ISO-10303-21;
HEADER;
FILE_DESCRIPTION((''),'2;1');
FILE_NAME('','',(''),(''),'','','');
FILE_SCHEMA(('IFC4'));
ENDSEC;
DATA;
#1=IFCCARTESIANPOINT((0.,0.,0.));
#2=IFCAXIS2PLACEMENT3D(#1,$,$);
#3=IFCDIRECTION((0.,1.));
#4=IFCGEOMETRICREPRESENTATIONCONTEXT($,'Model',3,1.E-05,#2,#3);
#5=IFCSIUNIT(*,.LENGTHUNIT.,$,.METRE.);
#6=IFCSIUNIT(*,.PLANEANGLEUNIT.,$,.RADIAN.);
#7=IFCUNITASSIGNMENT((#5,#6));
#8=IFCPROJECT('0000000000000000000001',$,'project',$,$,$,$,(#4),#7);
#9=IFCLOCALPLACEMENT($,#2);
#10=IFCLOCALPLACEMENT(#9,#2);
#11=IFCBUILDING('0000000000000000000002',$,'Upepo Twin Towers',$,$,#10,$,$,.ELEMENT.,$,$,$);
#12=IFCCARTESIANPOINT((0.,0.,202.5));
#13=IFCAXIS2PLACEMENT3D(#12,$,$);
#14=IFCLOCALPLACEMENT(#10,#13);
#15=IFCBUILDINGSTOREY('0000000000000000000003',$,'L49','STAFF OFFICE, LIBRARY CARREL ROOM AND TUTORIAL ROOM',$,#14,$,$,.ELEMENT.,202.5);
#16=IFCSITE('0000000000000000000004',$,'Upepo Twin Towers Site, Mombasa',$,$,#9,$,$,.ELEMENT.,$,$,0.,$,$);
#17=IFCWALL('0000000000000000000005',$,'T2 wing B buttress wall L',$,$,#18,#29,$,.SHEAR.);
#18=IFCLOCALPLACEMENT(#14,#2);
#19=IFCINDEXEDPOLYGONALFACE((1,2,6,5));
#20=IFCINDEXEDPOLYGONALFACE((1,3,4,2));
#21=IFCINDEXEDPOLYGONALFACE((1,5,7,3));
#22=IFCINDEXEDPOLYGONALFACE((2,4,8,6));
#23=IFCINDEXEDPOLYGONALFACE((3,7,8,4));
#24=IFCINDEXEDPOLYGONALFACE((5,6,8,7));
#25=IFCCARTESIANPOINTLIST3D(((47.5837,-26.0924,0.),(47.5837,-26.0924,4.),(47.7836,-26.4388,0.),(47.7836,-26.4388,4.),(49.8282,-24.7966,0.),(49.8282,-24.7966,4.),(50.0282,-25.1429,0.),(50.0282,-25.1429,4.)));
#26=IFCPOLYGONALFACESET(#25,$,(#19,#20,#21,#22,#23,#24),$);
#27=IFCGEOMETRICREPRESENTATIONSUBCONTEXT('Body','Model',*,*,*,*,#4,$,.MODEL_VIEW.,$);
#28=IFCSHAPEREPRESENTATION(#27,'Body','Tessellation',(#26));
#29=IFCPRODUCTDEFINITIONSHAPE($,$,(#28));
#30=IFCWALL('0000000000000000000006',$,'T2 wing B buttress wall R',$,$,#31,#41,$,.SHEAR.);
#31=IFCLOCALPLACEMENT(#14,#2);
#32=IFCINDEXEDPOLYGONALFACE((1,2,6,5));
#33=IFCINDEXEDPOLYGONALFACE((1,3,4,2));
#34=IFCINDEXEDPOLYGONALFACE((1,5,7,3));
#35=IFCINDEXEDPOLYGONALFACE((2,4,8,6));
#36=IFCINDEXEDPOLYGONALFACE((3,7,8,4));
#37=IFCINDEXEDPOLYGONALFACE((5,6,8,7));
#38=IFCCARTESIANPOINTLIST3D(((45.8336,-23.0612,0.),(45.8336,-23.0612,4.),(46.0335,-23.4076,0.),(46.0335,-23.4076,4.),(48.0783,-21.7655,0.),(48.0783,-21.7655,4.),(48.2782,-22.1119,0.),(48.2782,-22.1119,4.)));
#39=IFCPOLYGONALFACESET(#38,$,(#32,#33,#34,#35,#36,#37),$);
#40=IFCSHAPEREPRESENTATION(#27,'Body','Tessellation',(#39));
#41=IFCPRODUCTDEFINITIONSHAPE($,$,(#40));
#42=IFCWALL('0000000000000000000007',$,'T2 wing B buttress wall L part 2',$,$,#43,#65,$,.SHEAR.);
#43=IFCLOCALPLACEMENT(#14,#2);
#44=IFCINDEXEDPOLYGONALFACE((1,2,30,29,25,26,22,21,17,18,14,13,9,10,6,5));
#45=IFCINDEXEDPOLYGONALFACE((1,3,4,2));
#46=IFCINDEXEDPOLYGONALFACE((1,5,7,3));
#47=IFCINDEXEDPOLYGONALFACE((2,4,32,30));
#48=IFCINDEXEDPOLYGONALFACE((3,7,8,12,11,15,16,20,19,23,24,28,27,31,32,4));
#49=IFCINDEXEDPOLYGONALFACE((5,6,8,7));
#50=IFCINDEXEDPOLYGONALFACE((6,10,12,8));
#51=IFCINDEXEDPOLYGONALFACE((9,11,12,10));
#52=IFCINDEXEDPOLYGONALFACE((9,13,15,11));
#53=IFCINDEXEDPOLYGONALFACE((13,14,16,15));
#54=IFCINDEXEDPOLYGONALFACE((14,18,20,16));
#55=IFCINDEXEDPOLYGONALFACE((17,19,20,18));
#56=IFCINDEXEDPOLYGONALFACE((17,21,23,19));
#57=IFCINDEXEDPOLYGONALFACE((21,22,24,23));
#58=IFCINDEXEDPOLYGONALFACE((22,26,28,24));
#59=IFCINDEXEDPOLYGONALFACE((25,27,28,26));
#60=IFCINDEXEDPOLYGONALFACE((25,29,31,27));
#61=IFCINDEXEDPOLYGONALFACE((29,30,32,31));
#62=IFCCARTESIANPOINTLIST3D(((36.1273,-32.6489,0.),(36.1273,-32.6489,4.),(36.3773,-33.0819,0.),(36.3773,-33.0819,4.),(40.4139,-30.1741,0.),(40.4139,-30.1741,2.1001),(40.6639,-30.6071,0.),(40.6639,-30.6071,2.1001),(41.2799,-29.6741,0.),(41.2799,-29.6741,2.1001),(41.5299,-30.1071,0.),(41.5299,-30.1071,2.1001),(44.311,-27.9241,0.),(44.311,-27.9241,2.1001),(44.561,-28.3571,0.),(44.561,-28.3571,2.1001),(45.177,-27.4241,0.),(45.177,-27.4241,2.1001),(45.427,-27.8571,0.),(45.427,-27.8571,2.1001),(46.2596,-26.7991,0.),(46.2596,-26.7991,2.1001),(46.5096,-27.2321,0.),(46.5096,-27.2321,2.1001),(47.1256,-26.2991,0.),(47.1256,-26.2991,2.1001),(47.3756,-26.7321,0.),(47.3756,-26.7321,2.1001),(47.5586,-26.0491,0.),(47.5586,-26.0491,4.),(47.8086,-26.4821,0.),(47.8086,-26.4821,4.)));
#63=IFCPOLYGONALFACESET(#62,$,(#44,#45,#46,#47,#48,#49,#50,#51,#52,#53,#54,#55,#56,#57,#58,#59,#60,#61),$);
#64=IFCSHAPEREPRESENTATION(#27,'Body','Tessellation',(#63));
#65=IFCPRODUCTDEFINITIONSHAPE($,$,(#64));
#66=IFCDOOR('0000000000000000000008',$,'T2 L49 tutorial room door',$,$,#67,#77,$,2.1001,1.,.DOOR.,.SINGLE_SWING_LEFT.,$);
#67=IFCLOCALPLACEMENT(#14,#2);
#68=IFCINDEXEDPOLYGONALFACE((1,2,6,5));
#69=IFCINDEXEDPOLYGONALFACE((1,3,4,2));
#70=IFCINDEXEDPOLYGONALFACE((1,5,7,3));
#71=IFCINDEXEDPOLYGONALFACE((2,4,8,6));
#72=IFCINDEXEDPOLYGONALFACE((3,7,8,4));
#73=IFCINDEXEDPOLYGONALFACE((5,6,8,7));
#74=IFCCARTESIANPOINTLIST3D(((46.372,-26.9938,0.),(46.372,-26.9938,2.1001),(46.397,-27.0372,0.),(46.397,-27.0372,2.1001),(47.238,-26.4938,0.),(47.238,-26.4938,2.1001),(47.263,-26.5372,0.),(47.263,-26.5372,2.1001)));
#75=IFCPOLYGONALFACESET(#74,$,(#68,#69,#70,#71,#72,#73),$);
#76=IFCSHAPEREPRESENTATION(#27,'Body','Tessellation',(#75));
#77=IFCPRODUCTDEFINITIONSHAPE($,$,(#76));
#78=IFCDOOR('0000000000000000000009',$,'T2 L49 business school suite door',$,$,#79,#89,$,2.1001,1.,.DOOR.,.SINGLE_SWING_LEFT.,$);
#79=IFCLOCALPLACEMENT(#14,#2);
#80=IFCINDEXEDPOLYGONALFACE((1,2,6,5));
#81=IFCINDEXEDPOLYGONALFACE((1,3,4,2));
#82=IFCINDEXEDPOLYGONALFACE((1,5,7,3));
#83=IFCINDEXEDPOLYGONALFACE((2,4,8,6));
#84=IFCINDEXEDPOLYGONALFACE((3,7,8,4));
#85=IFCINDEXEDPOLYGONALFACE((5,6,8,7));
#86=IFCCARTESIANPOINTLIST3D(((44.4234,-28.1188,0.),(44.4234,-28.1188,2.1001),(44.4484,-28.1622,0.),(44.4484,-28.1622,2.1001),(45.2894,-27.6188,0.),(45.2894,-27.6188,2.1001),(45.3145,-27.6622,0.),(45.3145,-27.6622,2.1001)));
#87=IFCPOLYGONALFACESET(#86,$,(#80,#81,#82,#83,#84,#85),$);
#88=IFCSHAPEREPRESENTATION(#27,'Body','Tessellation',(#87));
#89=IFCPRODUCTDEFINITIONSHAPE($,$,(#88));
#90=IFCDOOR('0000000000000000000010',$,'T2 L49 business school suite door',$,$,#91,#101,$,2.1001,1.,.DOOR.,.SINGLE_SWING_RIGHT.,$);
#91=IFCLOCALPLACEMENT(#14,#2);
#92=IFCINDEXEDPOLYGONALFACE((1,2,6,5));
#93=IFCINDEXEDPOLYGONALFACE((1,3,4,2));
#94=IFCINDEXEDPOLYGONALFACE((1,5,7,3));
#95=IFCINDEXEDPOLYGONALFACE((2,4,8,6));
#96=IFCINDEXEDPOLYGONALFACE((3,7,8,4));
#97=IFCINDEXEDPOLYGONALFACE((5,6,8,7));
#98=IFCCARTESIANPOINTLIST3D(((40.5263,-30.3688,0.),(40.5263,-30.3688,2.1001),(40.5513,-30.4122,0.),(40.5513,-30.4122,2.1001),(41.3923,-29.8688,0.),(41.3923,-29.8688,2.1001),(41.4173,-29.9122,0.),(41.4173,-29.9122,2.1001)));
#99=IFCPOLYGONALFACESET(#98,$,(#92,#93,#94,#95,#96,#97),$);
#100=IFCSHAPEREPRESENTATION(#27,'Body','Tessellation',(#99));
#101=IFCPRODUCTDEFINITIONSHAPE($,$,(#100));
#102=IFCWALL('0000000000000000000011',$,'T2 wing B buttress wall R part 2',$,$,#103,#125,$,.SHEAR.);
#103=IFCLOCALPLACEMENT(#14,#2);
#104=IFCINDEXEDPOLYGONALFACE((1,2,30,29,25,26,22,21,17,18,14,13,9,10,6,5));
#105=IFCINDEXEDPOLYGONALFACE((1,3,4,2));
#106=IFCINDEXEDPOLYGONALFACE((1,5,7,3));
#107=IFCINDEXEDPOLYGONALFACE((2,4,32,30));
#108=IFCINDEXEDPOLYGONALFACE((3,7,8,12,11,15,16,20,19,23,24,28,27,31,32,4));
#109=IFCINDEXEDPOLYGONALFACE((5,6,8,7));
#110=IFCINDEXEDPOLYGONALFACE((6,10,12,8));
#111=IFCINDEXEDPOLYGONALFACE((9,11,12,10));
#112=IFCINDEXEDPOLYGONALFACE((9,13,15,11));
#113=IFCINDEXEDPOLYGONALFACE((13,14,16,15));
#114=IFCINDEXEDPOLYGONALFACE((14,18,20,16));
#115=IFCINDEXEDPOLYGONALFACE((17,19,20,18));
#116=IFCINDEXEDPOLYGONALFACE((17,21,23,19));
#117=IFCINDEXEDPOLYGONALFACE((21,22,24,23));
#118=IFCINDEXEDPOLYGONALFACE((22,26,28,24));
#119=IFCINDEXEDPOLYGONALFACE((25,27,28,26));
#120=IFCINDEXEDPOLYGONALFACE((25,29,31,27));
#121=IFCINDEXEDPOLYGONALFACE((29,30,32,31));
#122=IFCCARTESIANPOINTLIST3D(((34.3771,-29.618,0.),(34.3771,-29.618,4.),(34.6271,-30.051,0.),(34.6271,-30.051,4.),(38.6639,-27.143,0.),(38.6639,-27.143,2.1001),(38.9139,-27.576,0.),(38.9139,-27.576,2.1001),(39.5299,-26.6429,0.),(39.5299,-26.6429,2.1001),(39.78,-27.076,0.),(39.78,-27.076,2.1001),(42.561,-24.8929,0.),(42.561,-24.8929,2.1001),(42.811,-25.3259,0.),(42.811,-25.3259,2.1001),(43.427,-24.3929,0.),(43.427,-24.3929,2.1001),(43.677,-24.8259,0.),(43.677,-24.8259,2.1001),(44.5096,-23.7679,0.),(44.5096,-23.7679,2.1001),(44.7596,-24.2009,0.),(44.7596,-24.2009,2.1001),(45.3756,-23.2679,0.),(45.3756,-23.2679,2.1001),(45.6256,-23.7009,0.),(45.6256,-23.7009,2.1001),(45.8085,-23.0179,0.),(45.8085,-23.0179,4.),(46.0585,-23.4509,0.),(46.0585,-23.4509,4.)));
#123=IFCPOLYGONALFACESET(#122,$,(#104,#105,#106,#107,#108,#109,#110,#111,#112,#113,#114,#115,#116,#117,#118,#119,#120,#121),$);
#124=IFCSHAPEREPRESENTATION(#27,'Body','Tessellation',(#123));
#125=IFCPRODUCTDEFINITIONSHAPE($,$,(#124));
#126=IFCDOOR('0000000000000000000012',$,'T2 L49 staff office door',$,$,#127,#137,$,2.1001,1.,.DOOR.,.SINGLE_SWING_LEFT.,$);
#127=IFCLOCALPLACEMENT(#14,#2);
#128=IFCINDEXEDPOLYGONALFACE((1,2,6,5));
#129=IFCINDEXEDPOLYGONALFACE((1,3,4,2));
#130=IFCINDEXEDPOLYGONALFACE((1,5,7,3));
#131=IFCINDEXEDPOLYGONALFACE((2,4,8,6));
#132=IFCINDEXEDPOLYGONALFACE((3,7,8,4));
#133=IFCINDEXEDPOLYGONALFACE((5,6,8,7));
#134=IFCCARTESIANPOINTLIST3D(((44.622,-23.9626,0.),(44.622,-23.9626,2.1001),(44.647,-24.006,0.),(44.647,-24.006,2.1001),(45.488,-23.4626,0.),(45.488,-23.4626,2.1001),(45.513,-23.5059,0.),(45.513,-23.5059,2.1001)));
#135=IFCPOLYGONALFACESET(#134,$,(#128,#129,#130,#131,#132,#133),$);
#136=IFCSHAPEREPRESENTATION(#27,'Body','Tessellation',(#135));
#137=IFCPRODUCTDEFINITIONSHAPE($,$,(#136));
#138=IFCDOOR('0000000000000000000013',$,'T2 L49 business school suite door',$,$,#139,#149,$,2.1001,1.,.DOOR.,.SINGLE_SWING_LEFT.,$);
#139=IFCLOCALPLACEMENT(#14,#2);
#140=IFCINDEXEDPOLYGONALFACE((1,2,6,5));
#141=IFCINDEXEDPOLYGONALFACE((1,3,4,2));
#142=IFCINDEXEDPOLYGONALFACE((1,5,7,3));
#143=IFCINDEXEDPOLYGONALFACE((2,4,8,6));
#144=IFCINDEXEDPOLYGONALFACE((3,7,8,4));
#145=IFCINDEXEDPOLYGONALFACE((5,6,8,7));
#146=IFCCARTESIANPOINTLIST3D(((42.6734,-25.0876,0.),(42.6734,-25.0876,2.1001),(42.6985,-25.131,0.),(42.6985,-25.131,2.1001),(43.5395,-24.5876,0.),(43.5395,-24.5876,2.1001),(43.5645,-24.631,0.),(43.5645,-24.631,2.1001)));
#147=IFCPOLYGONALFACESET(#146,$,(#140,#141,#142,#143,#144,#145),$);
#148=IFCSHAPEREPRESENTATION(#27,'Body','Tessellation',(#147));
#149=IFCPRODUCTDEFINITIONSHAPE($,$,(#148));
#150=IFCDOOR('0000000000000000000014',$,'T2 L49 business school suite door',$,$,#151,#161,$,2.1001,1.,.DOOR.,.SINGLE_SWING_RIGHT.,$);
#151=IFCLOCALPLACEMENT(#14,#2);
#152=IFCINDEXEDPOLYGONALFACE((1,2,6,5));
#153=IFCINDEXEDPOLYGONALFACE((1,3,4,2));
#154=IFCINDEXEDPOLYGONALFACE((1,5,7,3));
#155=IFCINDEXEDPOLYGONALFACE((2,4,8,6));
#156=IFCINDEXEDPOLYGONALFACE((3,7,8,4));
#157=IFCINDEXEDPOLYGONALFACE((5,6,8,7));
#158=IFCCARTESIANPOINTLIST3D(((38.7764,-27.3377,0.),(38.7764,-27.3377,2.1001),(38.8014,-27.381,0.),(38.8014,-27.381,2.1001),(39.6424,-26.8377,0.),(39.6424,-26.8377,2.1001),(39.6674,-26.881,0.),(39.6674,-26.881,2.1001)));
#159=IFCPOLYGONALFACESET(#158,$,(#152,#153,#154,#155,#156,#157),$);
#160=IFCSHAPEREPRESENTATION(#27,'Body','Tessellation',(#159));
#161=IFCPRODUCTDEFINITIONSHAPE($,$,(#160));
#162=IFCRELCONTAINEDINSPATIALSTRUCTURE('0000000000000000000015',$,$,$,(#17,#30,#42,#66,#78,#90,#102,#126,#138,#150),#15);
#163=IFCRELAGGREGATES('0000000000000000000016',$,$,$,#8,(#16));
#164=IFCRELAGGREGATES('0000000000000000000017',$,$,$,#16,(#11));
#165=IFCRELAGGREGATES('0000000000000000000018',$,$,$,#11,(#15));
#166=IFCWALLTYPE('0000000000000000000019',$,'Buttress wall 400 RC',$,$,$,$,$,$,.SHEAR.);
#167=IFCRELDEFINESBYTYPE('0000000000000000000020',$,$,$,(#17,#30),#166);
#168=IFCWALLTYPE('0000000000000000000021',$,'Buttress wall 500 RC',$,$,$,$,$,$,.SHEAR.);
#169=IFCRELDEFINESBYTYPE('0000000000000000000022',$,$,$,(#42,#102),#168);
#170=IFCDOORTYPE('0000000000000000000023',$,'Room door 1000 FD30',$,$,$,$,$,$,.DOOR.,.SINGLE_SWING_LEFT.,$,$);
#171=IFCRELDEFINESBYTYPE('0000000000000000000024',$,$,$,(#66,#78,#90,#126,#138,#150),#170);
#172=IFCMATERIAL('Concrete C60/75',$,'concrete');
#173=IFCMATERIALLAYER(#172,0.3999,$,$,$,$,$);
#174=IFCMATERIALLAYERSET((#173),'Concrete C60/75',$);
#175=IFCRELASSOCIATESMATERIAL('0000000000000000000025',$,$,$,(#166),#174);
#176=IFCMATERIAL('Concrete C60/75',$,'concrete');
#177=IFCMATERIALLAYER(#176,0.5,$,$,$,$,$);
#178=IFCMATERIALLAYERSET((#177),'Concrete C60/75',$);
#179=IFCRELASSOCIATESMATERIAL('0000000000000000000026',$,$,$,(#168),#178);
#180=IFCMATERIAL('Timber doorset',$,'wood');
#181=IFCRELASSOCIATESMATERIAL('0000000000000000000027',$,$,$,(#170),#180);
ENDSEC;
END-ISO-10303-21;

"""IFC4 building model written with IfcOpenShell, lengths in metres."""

from ifc_helpers import new_model, si_unit, direction, frame, frame_2d, origin, place, context, subcontext, project, spatial, rectangle, extrude, material, layer, layer_set, type_object, element, fill, save


model = new_model("IFC4")

# Units and contexts
model_context = context("Model", 3, precision=1e-05, world=origin(), true_north=direction((0.0, 1.0)))
body_context = subcontext(model_context, "Body", "Model", "MODEL_VIEW")
ifc_project = project(units=[si_unit("LENGTHUNIT", "METRE"), si_unit("PLANEANGLEUNIT", "RADIAN")], contexts=[model_context])

# Site, building, storey
site_placement = place(None, origin())
site = spatial("IfcSite", under=ifc_project, at=site_placement, Name="Upepo Twin Towers Site, Mombasa", CompositionType="ELEMENT", RefElevation=0.0)
building_placement = place(site_placement, origin())
building = spatial("IfcBuilding", under=site, at=building_placement, Name="Upepo Twin Towers", CompositionType="ELEMENT")
storey_placement = place(building_placement, frame((0.0, 0.0, 202.5)))
storey = spatial("IfcBuildingStorey", under=building, at=storey_placement, Name="L49", Description="STAFF OFFICE, LIBRARY CARREL ROOM AND TUTORIAL ROOM", CompositionType="ELEMENT", Elevation=202.5)

# Walls
ifc_material_1 = material(Name="Concrete C60/75", Category="concrete")
ifc_layer_1 = layer(ifc_material_1, 0.3999)
ifc_layer_set_1 = layer_set([ifc_layer_1], Name="Concrete C60/75")
wall_type_1 = type_object("IfcWallType", Name="Buttress wall 400 RC", PredefinedType="SHEAR", material=ifc_layer_set_1)
for number, where, z_axis, x_axis, name in (
    (1, (49.9282, -24.9697, 0.0), (0.0, 0.0, 1.0), (-0.866032, -0.499989, 0.0), "T2 wing B buttress wall L"),
    (2, (48.1782, -21.9387, 0.0), (0.0, 0.0, 1.0), (-0.866073, -0.499918, 0.0), "T2 wing B buttress wall R"),
):
    element("IfcWall", number, at=place(storey_placement, frame(where, z_axis=z_axis, x_axis=x_axis)), inside=storey, type_object=wall_type_1, Name=name, PredefinedType="SHEAR", context=body_context, shape_type="SweptSolid", body=[
        extrude(rectangle(XDim=2.5918, YDim=0.3999, at=frame_2d((1.2959, 0.0))), origin(), (0.0, 0.0, 1.0), 4.0),
    ])

# Walls, openings, doors
ifc_material_2 = material(Name="Concrete C60/75", Category="concrete")
ifc_layer_2 = layer(ifc_material_2, 0.5)
ifc_layer_set_2 = layer_set([ifc_layer_2], Name="Concrete C60/75")
wall_type_2 = type_object("IfcWallType", Name="Buttress wall 500 RC", PredefinedType="SHEAR", material=ifc_layer_set_2)
wall_1_placement = place(storey_placement, frame((47.6836, -26.2656, 0.0), z_axis=(0.0, 0.0, 1.0), x_axis=(-0.866028, -0.499996, 0.0)))
wall_1 = element("IfcWall", 3, at=wall_1_placement, inside=storey, type_object=wall_type_2, Name="T2 wing B buttress wall L part 2", PredefinedType="SHEAR", context=body_context, shape_type="SweptSolid", body=[
    extrude(rectangle(XDim=13.1997, YDim=0.5, at=frame_2d((6.5999, 0.0))), origin(), (0.0, 0.0, 1.0), 4.0),
])
opening_1_placement = place(wall_1_placement, frame((0.5, 0.0, 0.0)))
opening_1 = element("IfcOpeningElement", 4, at=opening_1_placement, cuts=wall_1, PredefinedType="OPENING", context=body_context, shape_type="SweptSolid", body=[
    extrude(rectangle(XDim=1.0, YDim=2.1001, at=frame_2d((0.5, 1.05))), frame((0.0, 0.26, 0.0), z_axis=(0.0, -1.0, 0.0), x_axis=(1.0, 0.0, 0.0)), (0.0, 0.0, 1.0), 0.52),
])
opening_2_placement = place(wall_1_placement, frame((2.75, 0.0, 0.0)))
opening_2 = element("IfcOpeningElement", 5, at=opening_2_placement, cuts=wall_1, PredefinedType="OPENING", context=body_context, shape_type="SweptSolid", body=[
    extrude(rectangle(XDim=1.0, YDim=2.1001, at=frame_2d((0.5, 1.05))), frame((0.0, 0.26, 0.0), z_axis=(0.0, -1.0, 0.0), x_axis=(1.0, 0.0, 0.0)), (0.0, 0.0, 1.0), 0.52),
])
opening_3_placement = place(wall_1_placement, frame((7.25, 0.0, 0.0)))
opening_3 = element("IfcOpeningElement", 6, at=opening_3_placement, cuts=wall_1, PredefinedType="OPENING", context=body_context, shape_type="SweptSolid", body=[
    extrude(rectangle(XDim=1.0, YDim=2.1001, at=frame_2d((0.5, 1.05))), frame((0.0, 0.26, 0.0), z_axis=(0.0, -1.0, 0.0), x_axis=(1.0, 0.0, 0.0)), (0.0, 0.0, 1.0), 0.52),
])
ifc_material_3 = material(Name="Timber doorset", Category="wood")
door_type_1 = type_object("IfcDoorType", Name="Room door 1000 FD30", OperationType="SINGLE_SWING_LEFT", PredefinedType="DOOR", material=ifc_material_3)
door_1_placement = place(opening_1_placement, origin())
door_1 = element("IfcDoor", 7, at=door_1_placement, inside=storey, type_object=door_type_1, Name="T2 L49 tutorial room door", OperationType="SINGLE_SWING_LEFT", OverallHeight=2.1001, OverallWidth=1.0, PredefinedType="DOOR", context=body_context, shape_type="SweptSolid", body=[
    extrude(rectangle(XDim=1.0, YDim=2.1001, at=frame_2d((0.5, 1.05))), frame((0.0, 0.0249, 0.0), z_axis=(0.0, -1.0, 0.0), x_axis=(1.0, 0.0, 0.0)), (0.0, 0.0, 1.0), 0.05),
])
fill(opening_1, door_1)
door_2_placement = place(opening_2_placement, origin())
door_2 = element("IfcDoor", 8, at=door_2_placement, inside=storey, type_object=door_type_1, Name="T2 L49 business school suite door", OperationType="SINGLE_SWING_LEFT", OverallHeight=2.1001, OverallWidth=1.0, PredefinedType="DOOR", context=body_context, shape_type="SweptSolid", body=[
    extrude(rectangle(XDim=1.0, YDim=2.1001, at=frame_2d((0.5, 1.05))), frame((0.0, 0.0249, 0.0), z_axis=(0.0, -1.0, 0.0), x_axis=(1.0, 0.0, 0.0)), (0.0, 0.0, 1.0), 0.05),
])
fill(opening_2, door_2)
door_3_placement = place(opening_3_placement, origin())
door_3 = element("IfcDoor", 9, at=door_3_placement, inside=storey, type_object=door_type_1, Name="T2 L49 business school suite door", OperationType="SINGLE_SWING_RIGHT", OverallHeight=2.1001, OverallWidth=1.0, PredefinedType="DOOR", context=body_context, shape_type="SweptSolid", body=[
    extrude(rectangle(XDim=1.0, YDim=2.1001, at=frame_2d((0.5, 1.05))), frame((0.0, 0.0249, 0.0), z_axis=(0.0, -1.0, 0.0), x_axis=(1.0, 0.0, 0.0)), (0.0, 0.0, 1.0), 0.05),
])
fill(opening_3, door_3)
wall_2_placement = place(storey_placement, frame((45.9336, -23.2344, 0.0), z_axis=(0.0, 0.0, 1.0), x_axis=(-0.86602, -0.50001, 0.0)))
wall_2 = element("IfcWall", 10, at=wall_2_placement, inside=storey, type_object=wall_type_2, Name="T2 wing B buttress wall R part 2", PredefinedType="SHEAR", context=body_context, shape_type="SweptSolid", body=[
    extrude(rectangle(XDim=13.2, YDim=0.5, at=frame_2d((6.6001, 0.0))), origin(), (0.0, 0.0, 1.0), 4.0),
])
opening_4_placement = place(wall_2_placement, frame((0.5, 0.0, 0.0)))
opening_4 = element("IfcOpeningElement", 11, at=opening_4_placement, cuts=wall_2, PredefinedType="OPENING", context=body_context, shape_type="SweptSolid", body=[
    extrude(rectangle(XDim=1.0, YDim=2.1001, at=frame_2d((0.5, 1.05))), frame((0.0, 0.26, 0.0), z_axis=(0.0, -1.0, 0.0), x_axis=(1.0, 0.0, 0.0)), (0.0, 0.0, 1.0), 0.52),
])
opening_5_placement = place(wall_2_placement, frame((2.75, 0.0, 0.0)))
opening_5 = element("IfcOpeningElement", 12, at=opening_5_placement, cuts=wall_2, PredefinedType="OPENING", context=body_context, shape_type="SweptSolid", body=[
    extrude(rectangle(XDim=1.0, YDim=2.1001, at=frame_2d((0.5, 1.05))), frame((0.0, 0.26, 0.0), z_axis=(0.0, -1.0, 0.0), x_axis=(1.0, 0.0, 0.0)), (0.0, 0.0, 1.0), 0.52),
])
opening_6_placement = place(wall_2_placement, frame((7.25, 0.0, 0.0)))
opening_6 = element("IfcOpeningElement", 13, at=opening_6_placement, cuts=wall_2, PredefinedType="OPENING", context=body_context, shape_type="SweptSolid", body=[
    extrude(rectangle(XDim=1.0, YDim=2.1001, at=frame_2d((0.5, 1.05))), frame((0.0, 0.26, 0.0), z_axis=(0.0, -1.0, 0.0), x_axis=(1.0, 0.0, 0.0)), (0.0, 0.0, 1.0), 0.52),
])
door_4_placement = place(opening_4_placement, origin())
door_4 = element("IfcDoor", 14, at=door_4_placement, inside=storey, type_object=door_type_1, Name="T2 L49 staff office door", OperationType="SINGLE_SWING_LEFT", OverallHeight=2.1001, OverallWidth=1.0, PredefinedType="DOOR", context=body_context, shape_type="SweptSolid", body=[
    extrude(rectangle(XDim=1.0, YDim=2.1001, at=frame_2d((0.5, 1.05))), frame((0.0, 0.0249, 0.0), z_axis=(0.0, -1.0, 0.0), x_axis=(1.0, 0.0, 0.0)), (0.0, 0.0, 1.0), 0.05),
])
fill(opening_4, door_4)
door_5_placement = place(opening_5_placement, origin())
door_5 = element("IfcDoor", 15, at=door_5_placement, inside=storey, type_object=door_type_1, Name="T2 L49 business school suite door", OperationType="SINGLE_SWING_LEFT", OverallHeight=2.1001, OverallWidth=1.0, PredefinedType="DOOR", context=body_context, shape_type="SweptSolid", body=[
    extrude(rectangle(XDim=1.0, YDim=2.1001, at=frame_2d((0.5, 1.05))), frame((0.0, 0.0249, 0.0), z_axis=(0.0, -1.0, 0.0), x_axis=(1.0, 0.0, 0.0)), (0.0, 0.0, 1.0), 0.05),
])
fill(opening_5, door_5)
door_6_placement = place(opening_6_placement, origin())
door_6 = element("IfcDoor", 16, at=door_6_placement, inside=storey, type_object=door_type_1, Name="T2 L49 business school suite door", OperationType="SINGLE_SWING_RIGHT", OverallHeight=2.1001, OverallWidth=1.0, PredefinedType="DOOR", context=body_context, shape_type="SweptSolid", body=[
    extrude(rectangle(XDim=1.0, YDim=2.1001, at=frame_2d((0.5, 1.05))), frame((0.0, 0.0249, 0.0), z_axis=(0.0, -1.0, 0.0), x_axis=(1.0, 0.0, 0.0)), (0.0, 0.0, 1.0), 0.05),
])
fill(opening_6, door_6)

save(model, "model.ifc")
